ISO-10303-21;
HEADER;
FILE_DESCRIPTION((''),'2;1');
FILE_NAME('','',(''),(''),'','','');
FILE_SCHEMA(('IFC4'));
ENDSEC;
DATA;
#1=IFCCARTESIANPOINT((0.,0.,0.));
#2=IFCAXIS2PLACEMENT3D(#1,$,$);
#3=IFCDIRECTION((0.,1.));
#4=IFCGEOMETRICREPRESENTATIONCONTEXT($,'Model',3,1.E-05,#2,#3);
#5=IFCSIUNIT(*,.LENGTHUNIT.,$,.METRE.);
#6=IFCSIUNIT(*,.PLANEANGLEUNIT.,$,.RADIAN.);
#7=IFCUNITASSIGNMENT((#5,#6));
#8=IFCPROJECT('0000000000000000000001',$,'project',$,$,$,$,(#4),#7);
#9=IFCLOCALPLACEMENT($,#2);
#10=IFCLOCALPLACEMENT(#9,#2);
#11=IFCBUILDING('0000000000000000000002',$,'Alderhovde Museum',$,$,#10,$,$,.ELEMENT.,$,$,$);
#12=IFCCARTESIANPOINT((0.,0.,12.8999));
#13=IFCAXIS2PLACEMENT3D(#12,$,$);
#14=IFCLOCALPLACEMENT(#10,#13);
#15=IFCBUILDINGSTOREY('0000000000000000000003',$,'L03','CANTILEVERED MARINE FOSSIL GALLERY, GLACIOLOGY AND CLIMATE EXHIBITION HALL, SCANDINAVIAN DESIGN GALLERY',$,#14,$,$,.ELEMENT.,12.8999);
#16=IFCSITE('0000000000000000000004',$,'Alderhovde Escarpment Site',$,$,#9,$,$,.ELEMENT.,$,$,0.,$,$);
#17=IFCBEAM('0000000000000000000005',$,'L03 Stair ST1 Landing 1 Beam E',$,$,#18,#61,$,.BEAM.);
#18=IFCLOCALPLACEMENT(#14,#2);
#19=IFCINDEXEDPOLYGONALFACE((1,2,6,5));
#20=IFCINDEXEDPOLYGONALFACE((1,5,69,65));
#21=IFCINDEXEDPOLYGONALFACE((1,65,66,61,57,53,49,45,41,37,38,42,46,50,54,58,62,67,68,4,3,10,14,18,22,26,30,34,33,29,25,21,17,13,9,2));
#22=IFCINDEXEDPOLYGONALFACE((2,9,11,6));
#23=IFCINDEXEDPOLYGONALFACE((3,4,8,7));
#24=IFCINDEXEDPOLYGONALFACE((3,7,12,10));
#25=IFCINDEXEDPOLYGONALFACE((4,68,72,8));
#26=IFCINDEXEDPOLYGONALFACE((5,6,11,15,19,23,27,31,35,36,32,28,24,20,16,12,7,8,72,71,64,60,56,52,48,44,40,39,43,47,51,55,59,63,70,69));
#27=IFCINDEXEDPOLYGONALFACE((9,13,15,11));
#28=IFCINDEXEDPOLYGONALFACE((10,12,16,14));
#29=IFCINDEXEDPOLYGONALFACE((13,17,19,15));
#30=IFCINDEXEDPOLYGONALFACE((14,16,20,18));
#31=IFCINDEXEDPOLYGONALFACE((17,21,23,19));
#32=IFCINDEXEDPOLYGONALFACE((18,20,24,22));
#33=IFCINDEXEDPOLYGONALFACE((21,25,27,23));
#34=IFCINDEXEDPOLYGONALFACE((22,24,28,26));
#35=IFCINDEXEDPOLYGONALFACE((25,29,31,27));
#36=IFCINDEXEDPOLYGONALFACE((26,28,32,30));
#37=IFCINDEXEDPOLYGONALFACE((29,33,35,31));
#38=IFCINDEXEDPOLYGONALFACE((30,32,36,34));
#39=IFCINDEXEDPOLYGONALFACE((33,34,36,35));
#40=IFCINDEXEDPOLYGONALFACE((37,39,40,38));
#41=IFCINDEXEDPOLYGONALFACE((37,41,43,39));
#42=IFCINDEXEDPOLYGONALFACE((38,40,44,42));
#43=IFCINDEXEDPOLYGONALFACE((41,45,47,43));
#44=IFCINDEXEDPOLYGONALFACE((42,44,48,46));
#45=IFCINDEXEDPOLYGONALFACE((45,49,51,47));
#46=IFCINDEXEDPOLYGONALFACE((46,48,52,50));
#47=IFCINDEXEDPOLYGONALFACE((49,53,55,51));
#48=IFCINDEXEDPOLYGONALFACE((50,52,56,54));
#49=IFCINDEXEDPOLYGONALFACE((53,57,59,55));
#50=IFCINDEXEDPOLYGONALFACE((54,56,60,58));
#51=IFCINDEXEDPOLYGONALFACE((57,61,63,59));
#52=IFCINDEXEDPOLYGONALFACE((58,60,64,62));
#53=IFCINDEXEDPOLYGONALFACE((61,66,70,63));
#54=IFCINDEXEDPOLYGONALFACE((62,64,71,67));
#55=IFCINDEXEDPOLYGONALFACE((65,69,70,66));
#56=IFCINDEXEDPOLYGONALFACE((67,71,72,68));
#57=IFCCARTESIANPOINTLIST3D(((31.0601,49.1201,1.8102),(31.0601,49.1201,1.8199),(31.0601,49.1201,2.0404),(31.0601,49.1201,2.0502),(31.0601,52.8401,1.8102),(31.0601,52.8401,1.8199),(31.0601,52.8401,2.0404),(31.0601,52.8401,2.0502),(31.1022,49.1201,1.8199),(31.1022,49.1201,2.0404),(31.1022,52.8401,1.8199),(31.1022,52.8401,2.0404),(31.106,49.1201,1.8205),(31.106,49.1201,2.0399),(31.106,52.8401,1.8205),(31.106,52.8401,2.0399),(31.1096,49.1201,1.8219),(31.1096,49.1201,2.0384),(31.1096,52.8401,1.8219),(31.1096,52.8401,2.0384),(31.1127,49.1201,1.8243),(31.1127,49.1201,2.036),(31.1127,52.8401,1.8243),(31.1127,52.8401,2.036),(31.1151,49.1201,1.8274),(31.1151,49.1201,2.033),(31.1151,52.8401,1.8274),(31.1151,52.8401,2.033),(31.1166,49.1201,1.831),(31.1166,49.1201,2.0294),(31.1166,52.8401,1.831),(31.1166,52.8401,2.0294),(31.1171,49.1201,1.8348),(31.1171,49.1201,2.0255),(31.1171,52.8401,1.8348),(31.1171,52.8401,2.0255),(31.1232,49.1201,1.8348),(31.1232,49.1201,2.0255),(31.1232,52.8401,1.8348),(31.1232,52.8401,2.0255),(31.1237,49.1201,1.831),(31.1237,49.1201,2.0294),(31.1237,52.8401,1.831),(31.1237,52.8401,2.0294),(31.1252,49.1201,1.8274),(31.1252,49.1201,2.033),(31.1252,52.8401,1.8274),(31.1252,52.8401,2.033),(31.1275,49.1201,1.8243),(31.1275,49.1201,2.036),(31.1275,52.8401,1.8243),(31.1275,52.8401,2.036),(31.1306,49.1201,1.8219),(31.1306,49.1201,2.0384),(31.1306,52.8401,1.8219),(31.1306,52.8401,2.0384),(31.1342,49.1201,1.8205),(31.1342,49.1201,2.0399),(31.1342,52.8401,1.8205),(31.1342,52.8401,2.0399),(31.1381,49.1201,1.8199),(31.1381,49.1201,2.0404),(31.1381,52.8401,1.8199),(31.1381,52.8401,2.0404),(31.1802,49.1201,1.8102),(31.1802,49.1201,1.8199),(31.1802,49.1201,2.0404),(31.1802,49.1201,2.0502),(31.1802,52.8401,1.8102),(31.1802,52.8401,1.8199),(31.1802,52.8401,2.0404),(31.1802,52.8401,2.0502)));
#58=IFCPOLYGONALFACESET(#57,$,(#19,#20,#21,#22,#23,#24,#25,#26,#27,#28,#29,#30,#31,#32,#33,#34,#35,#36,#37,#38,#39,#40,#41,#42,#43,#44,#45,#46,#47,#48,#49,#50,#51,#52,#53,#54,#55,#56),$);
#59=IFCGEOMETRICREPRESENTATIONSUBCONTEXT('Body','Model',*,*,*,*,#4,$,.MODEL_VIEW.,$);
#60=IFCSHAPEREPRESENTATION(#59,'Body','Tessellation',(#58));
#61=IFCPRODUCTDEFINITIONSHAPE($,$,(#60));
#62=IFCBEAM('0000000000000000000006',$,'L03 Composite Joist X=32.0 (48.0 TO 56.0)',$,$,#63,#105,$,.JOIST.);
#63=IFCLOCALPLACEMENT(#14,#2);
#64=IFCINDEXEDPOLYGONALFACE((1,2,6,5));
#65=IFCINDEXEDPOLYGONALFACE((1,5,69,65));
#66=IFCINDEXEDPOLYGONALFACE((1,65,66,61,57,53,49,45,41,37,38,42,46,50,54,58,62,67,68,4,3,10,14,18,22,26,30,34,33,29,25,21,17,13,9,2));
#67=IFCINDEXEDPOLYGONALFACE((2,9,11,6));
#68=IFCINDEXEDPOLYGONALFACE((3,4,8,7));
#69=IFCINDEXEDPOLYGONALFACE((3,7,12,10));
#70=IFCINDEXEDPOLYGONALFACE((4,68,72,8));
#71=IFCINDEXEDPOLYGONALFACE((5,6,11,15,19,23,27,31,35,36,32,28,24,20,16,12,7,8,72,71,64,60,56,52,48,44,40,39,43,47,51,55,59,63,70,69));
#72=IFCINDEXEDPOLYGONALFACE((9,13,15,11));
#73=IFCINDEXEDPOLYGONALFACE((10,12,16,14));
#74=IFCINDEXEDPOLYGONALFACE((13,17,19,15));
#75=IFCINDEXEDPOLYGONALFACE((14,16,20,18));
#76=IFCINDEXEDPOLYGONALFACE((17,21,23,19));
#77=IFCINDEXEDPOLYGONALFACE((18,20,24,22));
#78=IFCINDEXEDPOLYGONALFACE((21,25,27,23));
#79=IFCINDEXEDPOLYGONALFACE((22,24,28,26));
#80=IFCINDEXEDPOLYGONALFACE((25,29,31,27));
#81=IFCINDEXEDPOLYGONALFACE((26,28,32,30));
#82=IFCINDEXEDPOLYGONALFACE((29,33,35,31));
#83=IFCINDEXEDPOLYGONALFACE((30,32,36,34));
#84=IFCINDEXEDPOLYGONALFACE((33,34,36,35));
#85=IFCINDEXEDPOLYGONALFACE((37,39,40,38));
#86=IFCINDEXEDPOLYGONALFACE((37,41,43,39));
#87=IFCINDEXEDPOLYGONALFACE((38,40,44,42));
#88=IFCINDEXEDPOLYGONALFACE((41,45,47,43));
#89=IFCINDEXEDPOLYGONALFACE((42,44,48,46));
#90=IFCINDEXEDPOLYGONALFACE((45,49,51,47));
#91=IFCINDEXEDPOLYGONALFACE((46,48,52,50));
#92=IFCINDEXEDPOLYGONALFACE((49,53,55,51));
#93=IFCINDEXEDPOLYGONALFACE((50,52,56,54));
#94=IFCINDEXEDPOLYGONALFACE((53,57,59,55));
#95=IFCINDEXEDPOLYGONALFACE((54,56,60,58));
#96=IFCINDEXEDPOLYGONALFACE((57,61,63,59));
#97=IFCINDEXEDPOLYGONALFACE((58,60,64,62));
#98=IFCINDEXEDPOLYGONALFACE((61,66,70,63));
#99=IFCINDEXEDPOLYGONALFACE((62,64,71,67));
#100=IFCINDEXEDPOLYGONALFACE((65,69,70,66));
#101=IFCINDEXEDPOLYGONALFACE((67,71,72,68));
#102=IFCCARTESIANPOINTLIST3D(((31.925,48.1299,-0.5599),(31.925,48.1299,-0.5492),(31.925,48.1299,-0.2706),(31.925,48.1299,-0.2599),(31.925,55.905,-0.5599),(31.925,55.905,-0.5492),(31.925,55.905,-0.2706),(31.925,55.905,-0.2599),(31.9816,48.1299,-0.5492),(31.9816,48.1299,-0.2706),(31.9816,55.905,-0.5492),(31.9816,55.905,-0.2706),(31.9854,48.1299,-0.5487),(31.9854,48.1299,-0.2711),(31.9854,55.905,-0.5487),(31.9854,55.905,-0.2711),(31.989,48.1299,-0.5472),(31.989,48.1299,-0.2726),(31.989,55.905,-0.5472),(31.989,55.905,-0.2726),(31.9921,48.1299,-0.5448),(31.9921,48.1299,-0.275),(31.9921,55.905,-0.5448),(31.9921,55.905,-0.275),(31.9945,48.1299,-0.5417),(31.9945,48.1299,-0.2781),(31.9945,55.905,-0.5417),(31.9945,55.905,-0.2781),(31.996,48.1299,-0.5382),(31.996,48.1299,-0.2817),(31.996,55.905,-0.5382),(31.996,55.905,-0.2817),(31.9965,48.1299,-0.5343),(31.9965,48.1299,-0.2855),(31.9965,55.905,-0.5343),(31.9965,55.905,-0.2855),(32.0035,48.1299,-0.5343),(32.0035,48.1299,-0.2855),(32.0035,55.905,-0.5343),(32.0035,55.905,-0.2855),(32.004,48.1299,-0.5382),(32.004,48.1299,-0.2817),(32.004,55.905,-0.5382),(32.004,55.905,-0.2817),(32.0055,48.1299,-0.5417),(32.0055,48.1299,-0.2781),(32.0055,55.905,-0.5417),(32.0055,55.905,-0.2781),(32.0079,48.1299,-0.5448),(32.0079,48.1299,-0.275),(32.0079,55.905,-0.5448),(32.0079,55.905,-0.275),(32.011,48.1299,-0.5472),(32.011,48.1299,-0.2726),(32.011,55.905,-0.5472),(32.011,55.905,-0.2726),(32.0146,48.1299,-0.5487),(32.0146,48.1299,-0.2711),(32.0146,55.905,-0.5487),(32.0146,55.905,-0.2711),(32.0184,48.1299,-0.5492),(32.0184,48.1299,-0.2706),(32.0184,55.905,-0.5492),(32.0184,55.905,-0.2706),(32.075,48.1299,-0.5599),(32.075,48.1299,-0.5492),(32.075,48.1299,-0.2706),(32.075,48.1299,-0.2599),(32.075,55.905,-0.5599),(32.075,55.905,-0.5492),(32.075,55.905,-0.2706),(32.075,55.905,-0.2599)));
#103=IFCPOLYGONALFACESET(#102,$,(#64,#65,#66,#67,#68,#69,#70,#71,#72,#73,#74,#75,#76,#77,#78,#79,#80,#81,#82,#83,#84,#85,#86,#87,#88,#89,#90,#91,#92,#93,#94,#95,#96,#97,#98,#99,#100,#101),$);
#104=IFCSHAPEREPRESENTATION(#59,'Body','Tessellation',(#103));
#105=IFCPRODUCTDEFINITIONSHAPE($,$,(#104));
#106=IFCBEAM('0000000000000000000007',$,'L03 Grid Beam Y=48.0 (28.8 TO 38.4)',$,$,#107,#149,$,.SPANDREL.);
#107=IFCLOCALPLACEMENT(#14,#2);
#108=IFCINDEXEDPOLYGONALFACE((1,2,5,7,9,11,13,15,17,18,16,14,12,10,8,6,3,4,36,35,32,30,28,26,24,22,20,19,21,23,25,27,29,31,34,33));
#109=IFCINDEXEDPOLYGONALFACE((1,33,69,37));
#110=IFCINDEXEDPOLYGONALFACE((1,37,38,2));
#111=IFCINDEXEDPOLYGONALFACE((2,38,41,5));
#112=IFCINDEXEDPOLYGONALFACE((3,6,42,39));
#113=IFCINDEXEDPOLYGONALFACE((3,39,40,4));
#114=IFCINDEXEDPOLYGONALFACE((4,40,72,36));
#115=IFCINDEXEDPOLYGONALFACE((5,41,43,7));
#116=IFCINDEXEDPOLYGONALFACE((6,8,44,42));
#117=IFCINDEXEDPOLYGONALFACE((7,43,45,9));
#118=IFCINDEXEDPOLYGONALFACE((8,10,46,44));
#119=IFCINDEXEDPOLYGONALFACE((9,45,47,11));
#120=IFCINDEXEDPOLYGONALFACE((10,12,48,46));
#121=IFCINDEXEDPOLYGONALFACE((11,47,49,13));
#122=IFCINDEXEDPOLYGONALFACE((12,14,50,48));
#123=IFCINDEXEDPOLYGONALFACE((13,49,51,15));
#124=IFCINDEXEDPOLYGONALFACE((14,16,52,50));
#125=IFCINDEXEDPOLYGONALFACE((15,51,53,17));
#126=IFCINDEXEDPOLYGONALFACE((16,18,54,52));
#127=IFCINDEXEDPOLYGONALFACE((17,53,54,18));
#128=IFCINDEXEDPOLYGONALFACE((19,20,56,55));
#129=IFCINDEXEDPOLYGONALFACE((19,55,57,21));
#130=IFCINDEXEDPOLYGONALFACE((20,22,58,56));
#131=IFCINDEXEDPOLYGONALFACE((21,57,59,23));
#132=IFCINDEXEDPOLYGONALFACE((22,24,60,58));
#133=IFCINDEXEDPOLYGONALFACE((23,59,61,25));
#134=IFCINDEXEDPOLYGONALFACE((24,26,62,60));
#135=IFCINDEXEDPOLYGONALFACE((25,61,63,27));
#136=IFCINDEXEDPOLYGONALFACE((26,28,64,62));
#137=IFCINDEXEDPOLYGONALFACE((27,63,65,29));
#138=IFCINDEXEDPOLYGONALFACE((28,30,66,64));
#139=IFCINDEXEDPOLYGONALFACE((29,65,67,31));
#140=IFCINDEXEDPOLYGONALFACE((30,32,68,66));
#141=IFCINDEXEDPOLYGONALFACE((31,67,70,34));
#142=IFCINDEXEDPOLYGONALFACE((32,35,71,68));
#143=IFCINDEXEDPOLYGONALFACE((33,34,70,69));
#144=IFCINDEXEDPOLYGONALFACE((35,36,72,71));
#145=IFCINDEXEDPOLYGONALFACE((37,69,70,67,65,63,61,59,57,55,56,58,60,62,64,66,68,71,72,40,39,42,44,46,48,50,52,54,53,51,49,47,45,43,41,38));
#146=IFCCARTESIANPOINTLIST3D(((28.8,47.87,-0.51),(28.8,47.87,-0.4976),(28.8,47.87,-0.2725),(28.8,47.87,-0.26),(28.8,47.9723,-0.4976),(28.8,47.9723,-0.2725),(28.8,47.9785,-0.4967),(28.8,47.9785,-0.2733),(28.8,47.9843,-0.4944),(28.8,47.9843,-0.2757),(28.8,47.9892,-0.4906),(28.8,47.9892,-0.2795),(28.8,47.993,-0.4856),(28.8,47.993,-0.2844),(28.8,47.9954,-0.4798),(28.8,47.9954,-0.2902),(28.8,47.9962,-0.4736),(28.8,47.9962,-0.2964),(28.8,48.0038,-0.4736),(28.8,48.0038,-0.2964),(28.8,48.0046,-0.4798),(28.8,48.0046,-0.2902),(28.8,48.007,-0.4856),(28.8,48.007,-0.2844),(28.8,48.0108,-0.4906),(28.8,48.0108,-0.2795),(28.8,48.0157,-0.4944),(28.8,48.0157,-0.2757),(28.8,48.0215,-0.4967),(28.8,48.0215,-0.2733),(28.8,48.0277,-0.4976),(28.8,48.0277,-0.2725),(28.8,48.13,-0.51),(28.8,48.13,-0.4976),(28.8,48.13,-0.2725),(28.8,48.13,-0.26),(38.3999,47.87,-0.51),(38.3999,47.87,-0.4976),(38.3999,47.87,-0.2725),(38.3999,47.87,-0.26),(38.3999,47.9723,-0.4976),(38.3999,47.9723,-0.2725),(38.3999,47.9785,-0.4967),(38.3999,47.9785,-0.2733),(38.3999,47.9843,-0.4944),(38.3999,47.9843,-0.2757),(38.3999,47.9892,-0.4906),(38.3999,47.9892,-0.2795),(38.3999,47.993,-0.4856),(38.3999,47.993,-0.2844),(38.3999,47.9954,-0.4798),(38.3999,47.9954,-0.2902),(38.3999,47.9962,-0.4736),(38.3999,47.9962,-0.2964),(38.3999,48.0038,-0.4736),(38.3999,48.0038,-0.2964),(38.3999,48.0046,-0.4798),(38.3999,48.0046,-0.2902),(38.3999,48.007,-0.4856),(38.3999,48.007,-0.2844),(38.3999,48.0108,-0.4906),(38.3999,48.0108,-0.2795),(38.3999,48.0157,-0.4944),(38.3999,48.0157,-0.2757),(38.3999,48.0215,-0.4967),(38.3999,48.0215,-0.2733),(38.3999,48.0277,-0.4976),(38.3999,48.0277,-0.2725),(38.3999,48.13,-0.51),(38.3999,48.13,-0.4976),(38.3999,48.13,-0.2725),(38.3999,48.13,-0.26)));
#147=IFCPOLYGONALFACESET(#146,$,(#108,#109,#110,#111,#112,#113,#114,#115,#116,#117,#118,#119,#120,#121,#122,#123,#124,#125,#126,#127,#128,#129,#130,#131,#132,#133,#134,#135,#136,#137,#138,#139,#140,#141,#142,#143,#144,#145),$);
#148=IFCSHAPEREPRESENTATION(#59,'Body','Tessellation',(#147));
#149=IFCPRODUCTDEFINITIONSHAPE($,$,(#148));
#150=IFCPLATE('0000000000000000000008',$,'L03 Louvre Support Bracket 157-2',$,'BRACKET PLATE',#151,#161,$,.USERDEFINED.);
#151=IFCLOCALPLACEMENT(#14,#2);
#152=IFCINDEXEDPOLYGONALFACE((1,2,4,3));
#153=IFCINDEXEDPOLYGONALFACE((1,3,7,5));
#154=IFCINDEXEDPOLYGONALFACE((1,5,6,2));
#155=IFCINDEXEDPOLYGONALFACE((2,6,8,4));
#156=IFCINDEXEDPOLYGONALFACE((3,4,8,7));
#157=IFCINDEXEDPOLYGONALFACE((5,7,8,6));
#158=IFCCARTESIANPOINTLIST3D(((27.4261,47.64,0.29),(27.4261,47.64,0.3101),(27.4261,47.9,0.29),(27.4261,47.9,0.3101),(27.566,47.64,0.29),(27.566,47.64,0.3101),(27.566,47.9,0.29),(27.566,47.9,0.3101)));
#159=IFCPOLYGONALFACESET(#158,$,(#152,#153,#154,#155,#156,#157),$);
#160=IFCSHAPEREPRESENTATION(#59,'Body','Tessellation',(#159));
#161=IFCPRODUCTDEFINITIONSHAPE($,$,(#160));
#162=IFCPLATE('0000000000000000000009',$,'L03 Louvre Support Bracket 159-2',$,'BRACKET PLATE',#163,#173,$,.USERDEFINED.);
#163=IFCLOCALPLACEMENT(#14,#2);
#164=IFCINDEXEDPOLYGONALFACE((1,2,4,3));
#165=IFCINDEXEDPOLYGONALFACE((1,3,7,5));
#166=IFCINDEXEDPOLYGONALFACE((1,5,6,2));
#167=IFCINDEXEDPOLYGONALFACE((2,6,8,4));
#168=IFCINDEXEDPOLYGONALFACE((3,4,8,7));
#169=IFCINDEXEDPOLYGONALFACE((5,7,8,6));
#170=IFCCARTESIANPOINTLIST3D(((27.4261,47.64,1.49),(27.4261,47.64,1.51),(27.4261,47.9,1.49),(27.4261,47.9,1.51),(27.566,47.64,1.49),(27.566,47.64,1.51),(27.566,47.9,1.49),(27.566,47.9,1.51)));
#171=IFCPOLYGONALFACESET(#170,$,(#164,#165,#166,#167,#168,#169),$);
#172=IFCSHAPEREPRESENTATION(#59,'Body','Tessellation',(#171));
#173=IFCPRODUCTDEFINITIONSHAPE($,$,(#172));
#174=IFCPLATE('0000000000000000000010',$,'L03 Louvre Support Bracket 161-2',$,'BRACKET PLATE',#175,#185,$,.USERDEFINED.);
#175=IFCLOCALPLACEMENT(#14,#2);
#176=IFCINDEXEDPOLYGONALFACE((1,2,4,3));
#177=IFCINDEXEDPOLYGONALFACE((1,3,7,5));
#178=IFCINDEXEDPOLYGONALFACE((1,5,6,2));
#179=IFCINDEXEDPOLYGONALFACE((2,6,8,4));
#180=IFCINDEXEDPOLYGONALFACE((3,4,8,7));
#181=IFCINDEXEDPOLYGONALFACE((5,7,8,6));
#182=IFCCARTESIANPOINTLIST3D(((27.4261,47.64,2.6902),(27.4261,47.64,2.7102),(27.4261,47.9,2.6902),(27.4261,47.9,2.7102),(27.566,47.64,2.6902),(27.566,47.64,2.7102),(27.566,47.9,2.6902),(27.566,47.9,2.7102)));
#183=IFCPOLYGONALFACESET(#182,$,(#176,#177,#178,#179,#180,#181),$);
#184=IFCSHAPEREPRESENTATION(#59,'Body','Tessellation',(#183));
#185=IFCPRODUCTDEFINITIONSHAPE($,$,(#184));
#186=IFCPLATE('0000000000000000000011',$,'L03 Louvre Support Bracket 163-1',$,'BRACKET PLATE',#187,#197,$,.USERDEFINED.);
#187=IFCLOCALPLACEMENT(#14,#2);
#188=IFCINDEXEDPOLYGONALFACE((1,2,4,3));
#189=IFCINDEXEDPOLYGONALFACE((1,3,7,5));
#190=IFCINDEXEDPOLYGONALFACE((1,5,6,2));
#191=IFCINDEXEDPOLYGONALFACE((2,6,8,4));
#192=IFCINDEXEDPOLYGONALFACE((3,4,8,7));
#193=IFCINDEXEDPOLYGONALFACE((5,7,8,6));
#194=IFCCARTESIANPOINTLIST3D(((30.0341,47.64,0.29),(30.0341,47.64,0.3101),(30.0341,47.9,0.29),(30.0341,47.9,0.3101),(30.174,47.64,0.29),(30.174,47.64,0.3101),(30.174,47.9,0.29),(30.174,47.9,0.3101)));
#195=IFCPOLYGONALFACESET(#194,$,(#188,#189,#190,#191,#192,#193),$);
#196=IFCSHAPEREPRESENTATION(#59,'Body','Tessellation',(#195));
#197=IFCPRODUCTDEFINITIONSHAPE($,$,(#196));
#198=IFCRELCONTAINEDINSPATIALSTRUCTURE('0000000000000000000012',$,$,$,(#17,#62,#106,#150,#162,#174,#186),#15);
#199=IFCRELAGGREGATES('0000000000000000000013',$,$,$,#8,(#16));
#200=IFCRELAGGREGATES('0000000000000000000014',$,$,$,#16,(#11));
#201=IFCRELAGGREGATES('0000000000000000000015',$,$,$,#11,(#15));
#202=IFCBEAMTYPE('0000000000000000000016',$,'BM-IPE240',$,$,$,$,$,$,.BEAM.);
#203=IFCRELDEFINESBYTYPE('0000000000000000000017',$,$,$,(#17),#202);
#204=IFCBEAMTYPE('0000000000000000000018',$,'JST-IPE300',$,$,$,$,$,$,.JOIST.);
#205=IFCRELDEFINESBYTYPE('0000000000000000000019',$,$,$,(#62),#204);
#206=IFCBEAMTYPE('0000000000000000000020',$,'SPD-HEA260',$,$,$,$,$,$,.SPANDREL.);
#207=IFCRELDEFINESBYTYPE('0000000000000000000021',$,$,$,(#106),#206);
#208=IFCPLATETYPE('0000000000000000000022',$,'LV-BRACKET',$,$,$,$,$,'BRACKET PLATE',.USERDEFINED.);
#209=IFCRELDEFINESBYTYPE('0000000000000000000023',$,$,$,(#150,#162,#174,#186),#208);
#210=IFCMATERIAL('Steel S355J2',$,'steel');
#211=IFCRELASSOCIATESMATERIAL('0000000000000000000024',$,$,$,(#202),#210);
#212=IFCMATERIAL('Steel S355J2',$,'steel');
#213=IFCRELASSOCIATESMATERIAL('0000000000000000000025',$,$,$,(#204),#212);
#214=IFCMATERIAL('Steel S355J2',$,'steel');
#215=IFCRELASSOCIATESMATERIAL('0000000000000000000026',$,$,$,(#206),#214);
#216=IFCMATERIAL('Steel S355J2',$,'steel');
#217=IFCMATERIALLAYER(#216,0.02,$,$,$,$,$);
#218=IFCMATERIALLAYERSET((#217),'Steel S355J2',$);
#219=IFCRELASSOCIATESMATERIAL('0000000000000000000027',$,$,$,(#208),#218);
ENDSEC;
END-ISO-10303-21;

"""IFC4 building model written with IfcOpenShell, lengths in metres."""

from ifc_helpers import new_model, si_unit, direction, frame, origin, origin_2d, place, context, subcontext, project, spatial, rectangle, i_section, extrude, material, layer, layer_set, material_profile, profile_set, type_object, element, save


model = new_model("IFC4")

# Units and contexts
model_context = context("Model", 3, precision=1e-05, world=origin(), true_north=direction((0.0, 1.0)))
body_context = subcontext(model_context, "Body", "Model", "MODEL_VIEW")
ifc_project = project(units=[si_unit("LENGTHUNIT", "METRE"), si_unit("PLANEANGLEUNIT", "RADIAN")], contexts=[model_context])

# Site, building, storey
site_placement = place(None, origin())
site = spatial("IfcSite", under=ifc_project, at=site_placement, Name="Alderhovde Escarpment Site", CompositionType="ELEMENT", RefElevation=0.0)
building_placement = place(site_placement, origin())
building = spatial("IfcBuilding", under=site, at=building_placement, Name="Alderhovde Museum", CompositionType="ELEMENT")
storey_placement = place(building_placement, frame((0.0, 0.0, 12.8999)))
storey = spatial("IfcBuildingStorey", under=building, at=storey_placement, Name="L03", Description="CANTILEVERED MARINE FOSSIL GALLERY, GLACIOLOGY AND CLIMATE EXHIBITION HALL, SCANDINAVIAN DESIGN GALLERY", CompositionType="ELEMENT", Elevation=12.8999)

# Beams
ifc_material_1 = material(Name="Steel S355J2", Category="steel")
ifc_material_profile_1 = material_profile(ifc_material_1, i_section(OverallWidth=0.1201, OverallDepth=0.24, WebThickness=0.0061, FlangeThickness=0.0098, FilletRadius=0.0149, at=origin_2d()), Name="IPE 240")
ifc_profile_set_1 = profile_set([ifc_material_profile_1], Name="Steel S355J2")
beam_type_1 = type_object("IfcBeamType", Name="BM-IPE240", PredefinedType="BEAM", material=ifc_profile_set_1)
for number, where, z_axis, x_axis, name in (
    (1, (31.1201, 49.1201, 1.9302), (0.0, 1.0, 0.0), (-1.0, 0.0, 0.0), "L03 Stair ST1 Landing 1 Beam E"),
):
    element("IfcBeam", number, at=place(storey_placement, frame(where, z_axis=z_axis, x_axis=x_axis)), inside=storey, type_object=beam_type_1, Name=name, PredefinedType="BEAM", context=body_context, shape_type="SweptSolid", body=[
        extrude(i_section(OverallWidth=0.1201, OverallDepth=0.24, WebThickness=0.0061, FlangeThickness=0.0098, FilletRadius=0.0149, at=origin_2d()), origin(), (0.0, 0.0, 1.0), 3.72),
    ])
ifc_material_2 = material(Name="Steel S355J2", Category="steel")
ifc_material_profile_2 = material_profile(ifc_material_2, i_section(OverallWidth=0.1499, OverallDepth=0.3, WebThickness=0.0071, FlangeThickness=0.0107, FilletRadius=0.0149, at=origin_2d()), Name="IPE 300")
ifc_profile_set_2 = profile_set([ifc_material_profile_2], Name="Steel S355J2")
beam_type_2 = type_object("IfcBeamType", Name="JST-IPE300", PredefinedType="JOIST", material=ifc_profile_set_2)
beam_1_placement = place(storey_placement, frame((32.0, 48.1299, -0.4099), z_axis=(0.0, 1.0, 0.0), x_axis=(-1.0, 0.0, 0.0)))
element("IfcBeam", 2, at=beam_1_placement, inside=storey, type_object=beam_type_2, Name="L03 Composite Joist X=32.0 (48.0 TO 56.0)", PredefinedType="JOIST", context=body_context, shape_type="SweptSolid", body=[
    extrude(i_section(OverallWidth=0.1499, OverallDepth=0.3, WebThickness=0.0071, FlangeThickness=0.0107, FilletRadius=0.0149, at=origin_2d()), origin(), (0.0, 0.0, 1.0), 7.7751),
])
ifc_material_3 = material(Name="Steel S355J2", Category="steel")
ifc_material_profile_3 = material_profile(ifc_material_3, i_section(OverallWidth=0.26, OverallDepth=0.25, WebThickness=0.0076, FlangeThickness=0.0125, FilletRadius=0.0239, at=origin_2d()), Name="HEA 260")
ifc_profile_set_3 = profile_set([ifc_material_profile_3], Name="Steel S355J2")
beam_type_3 = type_object("IfcBeamType", Name="SPD-HEA260", PredefinedType="SPANDREL", material=ifc_profile_set_3)
beam_2_placement = place(storey_placement, frame((28.8, 48.0, -0.385), z_axis=(1.0, 0.0, 0.0), x_axis=(0.0, 1.0, 0.0)))
element("IfcBeam", 3, at=beam_2_placement, inside=storey, type_object=beam_type_3, Name="L03 Grid Beam Y=48.0 (28.8 TO 38.4)", PredefinedType="SPANDREL", context=body_context, shape_type="SweptSolid", body=[
    extrude(i_section(OverallWidth=0.26, OverallDepth=0.25, WebThickness=0.0076, FlangeThickness=0.0125, FilletRadius=0.0239, at=origin_2d()), origin(), (0.0, 0.0, 1.0), 9.5999),
])

# Plates
ifc_material_4 = material(Name="Steel S355J2", Category="steel")
ifc_layer_1 = layer(ifc_material_4, 0.02)
ifc_layer_set_1 = layer_set([ifc_layer_1], Name="Steel S355J2")
plate_type = type_object("IfcPlateType", Name="LV-BRACKET", ElementType="BRACKET PLATE", PredefinedType="USERDEFINED", material=ifc_layer_set_1)
for number, where, z_axis, x_axis, name in (
    (4, (27.4961, 47.77, 0.29), (0.0, 0.0, 1.0), (1.0, 0.0, 0.0), "L03 Louvre Support Bracket 157-2"),
    (5, (27.4961, 47.77, 1.49), (0.0, 0.0, 1.0), (1.0, 0.0, 0.0), "L03 Louvre Support Bracket 159-2"),
    (6, (27.4961, 47.77, 2.6902), (0.0, 0.0, 1.0), (1.0, 0.0, 0.0), "L03 Louvre Support Bracket 161-2"),
    (7, (30.104, 47.77, 0.29), (0.0, 0.0, 1.0), (1.0, 0.0, 0.0), "L03 Louvre Support Bracket 163-1"),
):
    element("IfcPlate", number, at=place(storey_placement, frame(where, z_axis=z_axis, x_axis=x_axis)), inside=storey, type_object=plate_type, Name=name, ObjectType="BRACKET PLATE", PredefinedType="USERDEFINED", context=body_context, shape_type="SweptSolid", body=[
        extrude(rectangle(XDim=0.1399, YDim=0.26, at=origin_2d()), origin(), (0.0, 0.0, 1.0), 0.02),
    ])

save(model, "model.ifc")
